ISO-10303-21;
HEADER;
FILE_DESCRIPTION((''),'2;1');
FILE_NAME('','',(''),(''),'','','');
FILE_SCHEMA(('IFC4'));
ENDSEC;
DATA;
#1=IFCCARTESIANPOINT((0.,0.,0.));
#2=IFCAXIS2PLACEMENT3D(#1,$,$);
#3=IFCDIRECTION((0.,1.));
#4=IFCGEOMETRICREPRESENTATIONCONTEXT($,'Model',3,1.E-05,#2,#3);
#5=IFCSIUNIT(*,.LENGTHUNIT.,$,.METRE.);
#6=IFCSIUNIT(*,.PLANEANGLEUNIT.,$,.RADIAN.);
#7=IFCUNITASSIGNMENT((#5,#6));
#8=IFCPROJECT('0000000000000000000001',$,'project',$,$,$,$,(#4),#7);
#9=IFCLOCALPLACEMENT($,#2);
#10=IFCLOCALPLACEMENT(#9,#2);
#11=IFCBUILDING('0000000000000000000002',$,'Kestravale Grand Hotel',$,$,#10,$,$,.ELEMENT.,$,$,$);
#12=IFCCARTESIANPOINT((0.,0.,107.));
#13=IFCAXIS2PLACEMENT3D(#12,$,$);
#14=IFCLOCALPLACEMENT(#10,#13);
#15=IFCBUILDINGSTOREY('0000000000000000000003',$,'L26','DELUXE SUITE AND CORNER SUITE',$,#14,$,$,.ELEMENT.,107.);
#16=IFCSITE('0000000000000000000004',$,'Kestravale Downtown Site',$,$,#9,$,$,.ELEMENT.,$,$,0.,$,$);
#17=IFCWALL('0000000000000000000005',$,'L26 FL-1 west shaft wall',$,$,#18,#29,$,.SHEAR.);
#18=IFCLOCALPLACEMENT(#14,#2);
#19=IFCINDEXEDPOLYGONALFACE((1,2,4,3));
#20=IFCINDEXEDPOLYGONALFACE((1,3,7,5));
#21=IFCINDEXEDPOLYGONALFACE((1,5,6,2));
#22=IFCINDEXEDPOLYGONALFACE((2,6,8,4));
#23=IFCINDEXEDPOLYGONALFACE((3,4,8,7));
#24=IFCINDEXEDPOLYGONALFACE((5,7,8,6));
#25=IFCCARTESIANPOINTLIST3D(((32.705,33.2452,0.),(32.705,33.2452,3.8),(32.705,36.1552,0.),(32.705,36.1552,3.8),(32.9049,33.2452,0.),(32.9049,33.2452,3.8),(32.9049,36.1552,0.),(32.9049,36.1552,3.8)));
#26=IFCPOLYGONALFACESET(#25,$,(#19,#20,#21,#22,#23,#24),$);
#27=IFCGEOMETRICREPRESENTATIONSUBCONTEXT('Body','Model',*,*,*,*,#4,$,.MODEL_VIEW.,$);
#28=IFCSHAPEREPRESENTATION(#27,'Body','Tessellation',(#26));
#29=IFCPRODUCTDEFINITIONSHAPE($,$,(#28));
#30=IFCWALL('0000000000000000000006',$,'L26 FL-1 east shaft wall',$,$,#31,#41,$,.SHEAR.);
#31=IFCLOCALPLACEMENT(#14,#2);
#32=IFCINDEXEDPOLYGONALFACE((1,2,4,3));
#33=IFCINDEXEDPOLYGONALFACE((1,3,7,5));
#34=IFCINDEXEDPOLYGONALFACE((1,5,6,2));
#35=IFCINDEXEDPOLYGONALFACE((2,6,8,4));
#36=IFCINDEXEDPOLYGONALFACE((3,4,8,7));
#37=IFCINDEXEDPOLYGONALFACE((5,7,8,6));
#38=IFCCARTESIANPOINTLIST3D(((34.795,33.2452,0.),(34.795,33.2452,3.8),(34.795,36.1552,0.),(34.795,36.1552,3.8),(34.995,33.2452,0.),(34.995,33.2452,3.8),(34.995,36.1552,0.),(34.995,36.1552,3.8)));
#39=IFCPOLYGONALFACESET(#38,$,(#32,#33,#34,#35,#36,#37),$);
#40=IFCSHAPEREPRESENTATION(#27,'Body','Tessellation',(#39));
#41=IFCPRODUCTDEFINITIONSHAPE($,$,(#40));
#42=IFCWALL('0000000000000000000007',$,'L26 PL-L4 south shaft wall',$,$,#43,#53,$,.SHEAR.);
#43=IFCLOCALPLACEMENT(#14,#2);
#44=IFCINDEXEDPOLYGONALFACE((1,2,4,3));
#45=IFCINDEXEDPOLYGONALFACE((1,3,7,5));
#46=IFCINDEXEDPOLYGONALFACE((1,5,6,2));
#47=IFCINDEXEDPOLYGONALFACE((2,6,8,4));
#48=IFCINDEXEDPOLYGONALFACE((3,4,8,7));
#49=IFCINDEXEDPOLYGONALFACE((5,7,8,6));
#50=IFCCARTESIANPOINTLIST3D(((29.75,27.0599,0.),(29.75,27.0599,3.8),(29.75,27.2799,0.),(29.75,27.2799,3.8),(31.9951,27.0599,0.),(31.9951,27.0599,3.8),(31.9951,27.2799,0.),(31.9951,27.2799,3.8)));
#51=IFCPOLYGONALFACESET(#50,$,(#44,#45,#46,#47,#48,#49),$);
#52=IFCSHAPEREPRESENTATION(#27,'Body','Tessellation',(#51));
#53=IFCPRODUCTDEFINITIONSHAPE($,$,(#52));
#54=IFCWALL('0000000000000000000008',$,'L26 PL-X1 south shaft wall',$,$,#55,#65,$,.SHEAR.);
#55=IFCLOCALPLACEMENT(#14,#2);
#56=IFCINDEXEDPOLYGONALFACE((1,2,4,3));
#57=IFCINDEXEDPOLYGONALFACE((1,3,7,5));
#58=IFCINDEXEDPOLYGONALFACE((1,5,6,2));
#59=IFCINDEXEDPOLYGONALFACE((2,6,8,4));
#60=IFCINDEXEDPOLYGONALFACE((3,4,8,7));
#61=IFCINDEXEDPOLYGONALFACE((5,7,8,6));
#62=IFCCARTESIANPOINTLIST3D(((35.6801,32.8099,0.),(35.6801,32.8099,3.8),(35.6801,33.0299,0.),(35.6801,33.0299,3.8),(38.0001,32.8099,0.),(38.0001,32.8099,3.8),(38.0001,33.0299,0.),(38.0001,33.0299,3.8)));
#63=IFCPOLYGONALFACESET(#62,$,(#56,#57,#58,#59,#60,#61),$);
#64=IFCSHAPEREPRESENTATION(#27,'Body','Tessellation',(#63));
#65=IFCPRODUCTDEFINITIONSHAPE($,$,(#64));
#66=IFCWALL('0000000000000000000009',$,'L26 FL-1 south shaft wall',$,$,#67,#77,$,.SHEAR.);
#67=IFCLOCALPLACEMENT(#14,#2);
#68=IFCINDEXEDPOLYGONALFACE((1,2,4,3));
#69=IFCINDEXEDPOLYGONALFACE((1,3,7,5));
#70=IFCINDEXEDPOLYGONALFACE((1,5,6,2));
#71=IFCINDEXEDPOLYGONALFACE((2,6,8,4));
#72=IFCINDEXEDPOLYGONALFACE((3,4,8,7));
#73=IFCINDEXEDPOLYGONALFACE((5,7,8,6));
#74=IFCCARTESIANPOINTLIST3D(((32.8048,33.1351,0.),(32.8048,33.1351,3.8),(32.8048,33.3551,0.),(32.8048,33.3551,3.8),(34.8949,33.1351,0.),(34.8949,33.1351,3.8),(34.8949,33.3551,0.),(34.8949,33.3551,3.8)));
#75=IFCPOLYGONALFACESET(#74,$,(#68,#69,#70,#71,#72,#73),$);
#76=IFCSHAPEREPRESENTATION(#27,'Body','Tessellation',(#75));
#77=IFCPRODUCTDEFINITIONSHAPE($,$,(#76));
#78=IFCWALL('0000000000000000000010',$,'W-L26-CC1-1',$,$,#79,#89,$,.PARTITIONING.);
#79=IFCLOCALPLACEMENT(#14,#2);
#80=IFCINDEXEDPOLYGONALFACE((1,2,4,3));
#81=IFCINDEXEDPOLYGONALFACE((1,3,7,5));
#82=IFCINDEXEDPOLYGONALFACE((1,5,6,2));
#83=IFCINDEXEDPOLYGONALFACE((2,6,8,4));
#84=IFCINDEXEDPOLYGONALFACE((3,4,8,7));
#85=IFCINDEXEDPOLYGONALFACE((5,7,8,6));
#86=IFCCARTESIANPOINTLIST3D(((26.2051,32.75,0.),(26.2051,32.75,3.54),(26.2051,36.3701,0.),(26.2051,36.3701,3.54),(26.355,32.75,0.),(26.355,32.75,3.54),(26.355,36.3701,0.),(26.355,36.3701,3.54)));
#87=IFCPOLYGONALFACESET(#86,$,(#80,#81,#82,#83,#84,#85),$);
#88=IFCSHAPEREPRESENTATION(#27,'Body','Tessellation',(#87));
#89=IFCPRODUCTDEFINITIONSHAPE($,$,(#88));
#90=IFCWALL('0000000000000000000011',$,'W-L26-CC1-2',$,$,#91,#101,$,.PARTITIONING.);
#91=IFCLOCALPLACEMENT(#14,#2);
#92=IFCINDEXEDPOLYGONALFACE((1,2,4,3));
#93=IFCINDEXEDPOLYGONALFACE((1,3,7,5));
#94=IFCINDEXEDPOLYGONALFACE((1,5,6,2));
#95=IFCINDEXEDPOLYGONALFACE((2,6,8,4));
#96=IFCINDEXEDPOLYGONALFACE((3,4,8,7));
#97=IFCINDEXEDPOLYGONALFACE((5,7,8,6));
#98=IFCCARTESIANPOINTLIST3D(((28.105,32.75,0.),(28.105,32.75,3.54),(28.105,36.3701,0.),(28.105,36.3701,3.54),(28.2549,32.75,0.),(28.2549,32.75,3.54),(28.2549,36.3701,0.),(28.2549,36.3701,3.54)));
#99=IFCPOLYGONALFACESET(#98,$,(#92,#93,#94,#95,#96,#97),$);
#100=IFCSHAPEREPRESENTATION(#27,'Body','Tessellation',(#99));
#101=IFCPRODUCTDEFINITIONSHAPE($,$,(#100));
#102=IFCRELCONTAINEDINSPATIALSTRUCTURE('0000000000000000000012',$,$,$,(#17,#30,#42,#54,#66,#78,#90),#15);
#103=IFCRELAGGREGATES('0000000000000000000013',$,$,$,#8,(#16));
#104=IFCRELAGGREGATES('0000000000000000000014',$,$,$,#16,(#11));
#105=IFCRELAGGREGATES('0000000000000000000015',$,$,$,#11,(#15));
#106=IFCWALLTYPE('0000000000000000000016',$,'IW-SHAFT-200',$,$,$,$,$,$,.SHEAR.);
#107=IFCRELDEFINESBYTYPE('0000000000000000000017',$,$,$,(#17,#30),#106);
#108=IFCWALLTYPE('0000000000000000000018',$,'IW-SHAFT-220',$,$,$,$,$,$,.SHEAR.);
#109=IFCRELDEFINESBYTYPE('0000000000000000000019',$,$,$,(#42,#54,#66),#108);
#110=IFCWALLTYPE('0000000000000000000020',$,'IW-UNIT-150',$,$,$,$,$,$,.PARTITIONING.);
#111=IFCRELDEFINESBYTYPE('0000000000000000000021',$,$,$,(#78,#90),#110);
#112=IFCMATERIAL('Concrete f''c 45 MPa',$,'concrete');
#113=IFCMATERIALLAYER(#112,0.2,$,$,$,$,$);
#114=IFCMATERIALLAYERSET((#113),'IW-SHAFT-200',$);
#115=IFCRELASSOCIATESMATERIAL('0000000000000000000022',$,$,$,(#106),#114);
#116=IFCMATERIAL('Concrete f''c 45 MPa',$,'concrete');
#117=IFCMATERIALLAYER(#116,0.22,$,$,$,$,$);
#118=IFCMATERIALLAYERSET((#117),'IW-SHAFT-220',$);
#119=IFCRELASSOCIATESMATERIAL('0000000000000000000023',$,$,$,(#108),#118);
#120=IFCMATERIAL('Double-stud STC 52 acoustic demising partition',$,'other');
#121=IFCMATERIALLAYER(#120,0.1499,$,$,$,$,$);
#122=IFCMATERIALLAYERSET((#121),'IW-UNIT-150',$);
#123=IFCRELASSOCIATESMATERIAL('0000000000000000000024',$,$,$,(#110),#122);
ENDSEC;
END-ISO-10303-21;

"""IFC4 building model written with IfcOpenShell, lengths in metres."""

from ifc_helpers import new_model, si_unit, direction, frame, frame_2d, origin, place, context, subcontext, project, spatial, rectangle, extrude, material, layer, layer_set, type_object, element, save


model = new_model("IFC4")

# Units and contexts
model_context = context("Model", 3, precision=1e-05, world=origin(), true_north=direction((0.0, 1.0)))
body_context = subcontext(model_context, "Body", "Model", "MODEL_VIEW")
ifc_project = project(units=[si_unit("LENGTHUNIT", "METRE"), si_unit("PLANEANGLEUNIT", "RADIAN")], contexts=[model_context])

# Site, building, storey
site_placement = place(None, origin())
site = spatial("IfcSite", under=ifc_project, at=site_placement, Name="Kestravale Downtown Site", CompositionType="ELEMENT", RefElevation=0.0)
building_placement = place(site_placement, origin())
building = spatial("IfcBuilding", under=site, at=building_placement, Name="Kestravale Grand Hotel", CompositionType="ELEMENT")
storey_placement = place(building_placement, frame((0.0, 0.0, 107.0)))
storey = spatial("IfcBuildingStorey", under=building, at=storey_placement, Name="L26", Description="DELUXE SUITE AND CORNER SUITE", CompositionType="ELEMENT", Elevation=107.0)

# Walls
ifc_material_1 = material(Name="Concrete f'c 45 MPa", Category="concrete")
ifc_layer_1 = layer(ifc_material_1, 0.2)
ifc_layer_set_1 = layer_set([ifc_layer_1], Name="IW-SHAFT-200")
wall_type_1 = type_object("IfcWallType", Name="IW-SHAFT-200", PredefinedType="SHEAR", material=ifc_layer_set_1)
for number, where, z_axis, x_axis, name in (
    (1, (32.8049, 33.2451, 0.0), (0.0, 0.0, 1.0), (0.0, 1.0, 0.0), "L26 FL-1 west shaft wall"),
    (2, (34.895, 33.2451, 0.0), (0.0, 0.0, 1.0), (0.0, 1.0, 0.0), "L26 FL-1 east shaft wall"),
):
    element("IfcWall", number, at=place(storey_placement, frame(where, z_axis=z_axis, x_axis=x_axis)), inside=storey, type_object=wall_type_1, Name=name, PredefinedType="SHEAR", context=body_context, shape_type="SweptSolid", body=[
        extrude(rectangle(XDim=2.9099, YDim=0.2, at=frame_2d((1.4551, 0.0))), origin(), (0.0, 0.0, 1.0), 3.8),
    ])

# Shared definitions
ifc_material_2 = material(Name="Concrete f'c 45 MPa", Category="concrete")
ifc_layer_2 = layer(ifc_material_2, 0.22)
ifc_layer_set_2 = layer_set([ifc_layer_2], Name="IW-SHAFT-220")
wall_type_2 = type_object("IfcWallType", Name="IW-SHAFT-220", PredefinedType="SHEAR", material=ifc_layer_set_2)

# Walls
wall_1_placement = place(storey_placement, frame((29.75, 27.1699, 0.0), z_axis=(0.0, 0.0, 1.0), x_axis=(1.0, 0.0, 0.0)))
element("IfcWall", 3, at=wall_1_placement, inside=storey, type_object=wall_type_2, Name="L26 PL-L4 south shaft wall", PredefinedType="SHEAR", context=body_context, shape_type="SweptSolid", body=[
    extrude(rectangle(XDim=2.2451, YDim=0.22, at=frame_2d((1.1226, 0.0))), origin(), (0.0, 0.0, 1.0), 3.8),
])
wall_2_placement = place(storey_placement, frame((35.6799, 32.9199, 0.0), z_axis=(0.0, 0.0, 1.0), x_axis=(1.0, 0.0, 0.0)))
element("IfcWall", 4, at=wall_2_placement, inside=storey, type_object=wall_type_2, Name="L26 PL-X1 south shaft wall", PredefinedType="SHEAR", context=body_context, shape_type="SweptSolid", body=[
    extrude(rectangle(XDim=2.3201, YDim=0.22, at=frame_2d((1.1602, 0.0))), origin(), (0.0, 0.0, 1.0), 3.8),
])
wall_3_placement = place(storey_placement, frame((32.8049, 33.2451, 0.0), z_axis=(0.0, 0.0, 1.0), x_axis=(1.0, 0.0, 0.0)))
element("IfcWall", 5, at=wall_3_placement, inside=storey, type_object=wall_type_2, Name="L26 FL-1 south shaft wall", PredefinedType="SHEAR", context=body_context, shape_type="SweptSolid", body=[
    extrude(rectangle(XDim=2.0901, YDim=0.22, at=frame_2d((1.0449, 0.0))), origin(), (0.0, 0.0, 1.0), 3.8),
])
ifc_material_3 = material(Name="Double-stud STC 52 acoustic demising partition", Category="other")
ifc_layer_3 = layer(ifc_material_3, 0.1499)
ifc_layer_set_3 = layer_set([ifc_layer_3], Name="IW-UNIT-150")
wall_type_3 = type_object("IfcWallType", Name="IW-UNIT-150", PredefinedType="PARTITIONING", material=ifc_layer_set_3)
for number, where, z_axis, x_axis, name in (
    (6, (26.28, 32.75, 0.0), (0.0, 0.0, 1.0), (0.0, 1.0, 0.0), "W-L26-CC1-1"),
    (7, (28.1799, 32.75, 0.0), (0.0, 0.0, 1.0), (0.0, 1.0, 0.0), "W-L26-CC1-2"),
):
    element("IfcWall", number, at=place(storey_placement, frame(where, z_axis=z_axis, x_axis=x_axis)), inside=storey, type_object=wall_type_3, Name=name, PredefinedType="PARTITIONING", context=body_context, shape_type="SweptSolid", body=[
        extrude(rectangle(XDim=3.6201, YDim=0.1499, at=frame_2d((1.8101, 0.0))), origin(), (0.0, 0.0, 1.0), 3.54),
    ])

save(model, "model.ifc")
